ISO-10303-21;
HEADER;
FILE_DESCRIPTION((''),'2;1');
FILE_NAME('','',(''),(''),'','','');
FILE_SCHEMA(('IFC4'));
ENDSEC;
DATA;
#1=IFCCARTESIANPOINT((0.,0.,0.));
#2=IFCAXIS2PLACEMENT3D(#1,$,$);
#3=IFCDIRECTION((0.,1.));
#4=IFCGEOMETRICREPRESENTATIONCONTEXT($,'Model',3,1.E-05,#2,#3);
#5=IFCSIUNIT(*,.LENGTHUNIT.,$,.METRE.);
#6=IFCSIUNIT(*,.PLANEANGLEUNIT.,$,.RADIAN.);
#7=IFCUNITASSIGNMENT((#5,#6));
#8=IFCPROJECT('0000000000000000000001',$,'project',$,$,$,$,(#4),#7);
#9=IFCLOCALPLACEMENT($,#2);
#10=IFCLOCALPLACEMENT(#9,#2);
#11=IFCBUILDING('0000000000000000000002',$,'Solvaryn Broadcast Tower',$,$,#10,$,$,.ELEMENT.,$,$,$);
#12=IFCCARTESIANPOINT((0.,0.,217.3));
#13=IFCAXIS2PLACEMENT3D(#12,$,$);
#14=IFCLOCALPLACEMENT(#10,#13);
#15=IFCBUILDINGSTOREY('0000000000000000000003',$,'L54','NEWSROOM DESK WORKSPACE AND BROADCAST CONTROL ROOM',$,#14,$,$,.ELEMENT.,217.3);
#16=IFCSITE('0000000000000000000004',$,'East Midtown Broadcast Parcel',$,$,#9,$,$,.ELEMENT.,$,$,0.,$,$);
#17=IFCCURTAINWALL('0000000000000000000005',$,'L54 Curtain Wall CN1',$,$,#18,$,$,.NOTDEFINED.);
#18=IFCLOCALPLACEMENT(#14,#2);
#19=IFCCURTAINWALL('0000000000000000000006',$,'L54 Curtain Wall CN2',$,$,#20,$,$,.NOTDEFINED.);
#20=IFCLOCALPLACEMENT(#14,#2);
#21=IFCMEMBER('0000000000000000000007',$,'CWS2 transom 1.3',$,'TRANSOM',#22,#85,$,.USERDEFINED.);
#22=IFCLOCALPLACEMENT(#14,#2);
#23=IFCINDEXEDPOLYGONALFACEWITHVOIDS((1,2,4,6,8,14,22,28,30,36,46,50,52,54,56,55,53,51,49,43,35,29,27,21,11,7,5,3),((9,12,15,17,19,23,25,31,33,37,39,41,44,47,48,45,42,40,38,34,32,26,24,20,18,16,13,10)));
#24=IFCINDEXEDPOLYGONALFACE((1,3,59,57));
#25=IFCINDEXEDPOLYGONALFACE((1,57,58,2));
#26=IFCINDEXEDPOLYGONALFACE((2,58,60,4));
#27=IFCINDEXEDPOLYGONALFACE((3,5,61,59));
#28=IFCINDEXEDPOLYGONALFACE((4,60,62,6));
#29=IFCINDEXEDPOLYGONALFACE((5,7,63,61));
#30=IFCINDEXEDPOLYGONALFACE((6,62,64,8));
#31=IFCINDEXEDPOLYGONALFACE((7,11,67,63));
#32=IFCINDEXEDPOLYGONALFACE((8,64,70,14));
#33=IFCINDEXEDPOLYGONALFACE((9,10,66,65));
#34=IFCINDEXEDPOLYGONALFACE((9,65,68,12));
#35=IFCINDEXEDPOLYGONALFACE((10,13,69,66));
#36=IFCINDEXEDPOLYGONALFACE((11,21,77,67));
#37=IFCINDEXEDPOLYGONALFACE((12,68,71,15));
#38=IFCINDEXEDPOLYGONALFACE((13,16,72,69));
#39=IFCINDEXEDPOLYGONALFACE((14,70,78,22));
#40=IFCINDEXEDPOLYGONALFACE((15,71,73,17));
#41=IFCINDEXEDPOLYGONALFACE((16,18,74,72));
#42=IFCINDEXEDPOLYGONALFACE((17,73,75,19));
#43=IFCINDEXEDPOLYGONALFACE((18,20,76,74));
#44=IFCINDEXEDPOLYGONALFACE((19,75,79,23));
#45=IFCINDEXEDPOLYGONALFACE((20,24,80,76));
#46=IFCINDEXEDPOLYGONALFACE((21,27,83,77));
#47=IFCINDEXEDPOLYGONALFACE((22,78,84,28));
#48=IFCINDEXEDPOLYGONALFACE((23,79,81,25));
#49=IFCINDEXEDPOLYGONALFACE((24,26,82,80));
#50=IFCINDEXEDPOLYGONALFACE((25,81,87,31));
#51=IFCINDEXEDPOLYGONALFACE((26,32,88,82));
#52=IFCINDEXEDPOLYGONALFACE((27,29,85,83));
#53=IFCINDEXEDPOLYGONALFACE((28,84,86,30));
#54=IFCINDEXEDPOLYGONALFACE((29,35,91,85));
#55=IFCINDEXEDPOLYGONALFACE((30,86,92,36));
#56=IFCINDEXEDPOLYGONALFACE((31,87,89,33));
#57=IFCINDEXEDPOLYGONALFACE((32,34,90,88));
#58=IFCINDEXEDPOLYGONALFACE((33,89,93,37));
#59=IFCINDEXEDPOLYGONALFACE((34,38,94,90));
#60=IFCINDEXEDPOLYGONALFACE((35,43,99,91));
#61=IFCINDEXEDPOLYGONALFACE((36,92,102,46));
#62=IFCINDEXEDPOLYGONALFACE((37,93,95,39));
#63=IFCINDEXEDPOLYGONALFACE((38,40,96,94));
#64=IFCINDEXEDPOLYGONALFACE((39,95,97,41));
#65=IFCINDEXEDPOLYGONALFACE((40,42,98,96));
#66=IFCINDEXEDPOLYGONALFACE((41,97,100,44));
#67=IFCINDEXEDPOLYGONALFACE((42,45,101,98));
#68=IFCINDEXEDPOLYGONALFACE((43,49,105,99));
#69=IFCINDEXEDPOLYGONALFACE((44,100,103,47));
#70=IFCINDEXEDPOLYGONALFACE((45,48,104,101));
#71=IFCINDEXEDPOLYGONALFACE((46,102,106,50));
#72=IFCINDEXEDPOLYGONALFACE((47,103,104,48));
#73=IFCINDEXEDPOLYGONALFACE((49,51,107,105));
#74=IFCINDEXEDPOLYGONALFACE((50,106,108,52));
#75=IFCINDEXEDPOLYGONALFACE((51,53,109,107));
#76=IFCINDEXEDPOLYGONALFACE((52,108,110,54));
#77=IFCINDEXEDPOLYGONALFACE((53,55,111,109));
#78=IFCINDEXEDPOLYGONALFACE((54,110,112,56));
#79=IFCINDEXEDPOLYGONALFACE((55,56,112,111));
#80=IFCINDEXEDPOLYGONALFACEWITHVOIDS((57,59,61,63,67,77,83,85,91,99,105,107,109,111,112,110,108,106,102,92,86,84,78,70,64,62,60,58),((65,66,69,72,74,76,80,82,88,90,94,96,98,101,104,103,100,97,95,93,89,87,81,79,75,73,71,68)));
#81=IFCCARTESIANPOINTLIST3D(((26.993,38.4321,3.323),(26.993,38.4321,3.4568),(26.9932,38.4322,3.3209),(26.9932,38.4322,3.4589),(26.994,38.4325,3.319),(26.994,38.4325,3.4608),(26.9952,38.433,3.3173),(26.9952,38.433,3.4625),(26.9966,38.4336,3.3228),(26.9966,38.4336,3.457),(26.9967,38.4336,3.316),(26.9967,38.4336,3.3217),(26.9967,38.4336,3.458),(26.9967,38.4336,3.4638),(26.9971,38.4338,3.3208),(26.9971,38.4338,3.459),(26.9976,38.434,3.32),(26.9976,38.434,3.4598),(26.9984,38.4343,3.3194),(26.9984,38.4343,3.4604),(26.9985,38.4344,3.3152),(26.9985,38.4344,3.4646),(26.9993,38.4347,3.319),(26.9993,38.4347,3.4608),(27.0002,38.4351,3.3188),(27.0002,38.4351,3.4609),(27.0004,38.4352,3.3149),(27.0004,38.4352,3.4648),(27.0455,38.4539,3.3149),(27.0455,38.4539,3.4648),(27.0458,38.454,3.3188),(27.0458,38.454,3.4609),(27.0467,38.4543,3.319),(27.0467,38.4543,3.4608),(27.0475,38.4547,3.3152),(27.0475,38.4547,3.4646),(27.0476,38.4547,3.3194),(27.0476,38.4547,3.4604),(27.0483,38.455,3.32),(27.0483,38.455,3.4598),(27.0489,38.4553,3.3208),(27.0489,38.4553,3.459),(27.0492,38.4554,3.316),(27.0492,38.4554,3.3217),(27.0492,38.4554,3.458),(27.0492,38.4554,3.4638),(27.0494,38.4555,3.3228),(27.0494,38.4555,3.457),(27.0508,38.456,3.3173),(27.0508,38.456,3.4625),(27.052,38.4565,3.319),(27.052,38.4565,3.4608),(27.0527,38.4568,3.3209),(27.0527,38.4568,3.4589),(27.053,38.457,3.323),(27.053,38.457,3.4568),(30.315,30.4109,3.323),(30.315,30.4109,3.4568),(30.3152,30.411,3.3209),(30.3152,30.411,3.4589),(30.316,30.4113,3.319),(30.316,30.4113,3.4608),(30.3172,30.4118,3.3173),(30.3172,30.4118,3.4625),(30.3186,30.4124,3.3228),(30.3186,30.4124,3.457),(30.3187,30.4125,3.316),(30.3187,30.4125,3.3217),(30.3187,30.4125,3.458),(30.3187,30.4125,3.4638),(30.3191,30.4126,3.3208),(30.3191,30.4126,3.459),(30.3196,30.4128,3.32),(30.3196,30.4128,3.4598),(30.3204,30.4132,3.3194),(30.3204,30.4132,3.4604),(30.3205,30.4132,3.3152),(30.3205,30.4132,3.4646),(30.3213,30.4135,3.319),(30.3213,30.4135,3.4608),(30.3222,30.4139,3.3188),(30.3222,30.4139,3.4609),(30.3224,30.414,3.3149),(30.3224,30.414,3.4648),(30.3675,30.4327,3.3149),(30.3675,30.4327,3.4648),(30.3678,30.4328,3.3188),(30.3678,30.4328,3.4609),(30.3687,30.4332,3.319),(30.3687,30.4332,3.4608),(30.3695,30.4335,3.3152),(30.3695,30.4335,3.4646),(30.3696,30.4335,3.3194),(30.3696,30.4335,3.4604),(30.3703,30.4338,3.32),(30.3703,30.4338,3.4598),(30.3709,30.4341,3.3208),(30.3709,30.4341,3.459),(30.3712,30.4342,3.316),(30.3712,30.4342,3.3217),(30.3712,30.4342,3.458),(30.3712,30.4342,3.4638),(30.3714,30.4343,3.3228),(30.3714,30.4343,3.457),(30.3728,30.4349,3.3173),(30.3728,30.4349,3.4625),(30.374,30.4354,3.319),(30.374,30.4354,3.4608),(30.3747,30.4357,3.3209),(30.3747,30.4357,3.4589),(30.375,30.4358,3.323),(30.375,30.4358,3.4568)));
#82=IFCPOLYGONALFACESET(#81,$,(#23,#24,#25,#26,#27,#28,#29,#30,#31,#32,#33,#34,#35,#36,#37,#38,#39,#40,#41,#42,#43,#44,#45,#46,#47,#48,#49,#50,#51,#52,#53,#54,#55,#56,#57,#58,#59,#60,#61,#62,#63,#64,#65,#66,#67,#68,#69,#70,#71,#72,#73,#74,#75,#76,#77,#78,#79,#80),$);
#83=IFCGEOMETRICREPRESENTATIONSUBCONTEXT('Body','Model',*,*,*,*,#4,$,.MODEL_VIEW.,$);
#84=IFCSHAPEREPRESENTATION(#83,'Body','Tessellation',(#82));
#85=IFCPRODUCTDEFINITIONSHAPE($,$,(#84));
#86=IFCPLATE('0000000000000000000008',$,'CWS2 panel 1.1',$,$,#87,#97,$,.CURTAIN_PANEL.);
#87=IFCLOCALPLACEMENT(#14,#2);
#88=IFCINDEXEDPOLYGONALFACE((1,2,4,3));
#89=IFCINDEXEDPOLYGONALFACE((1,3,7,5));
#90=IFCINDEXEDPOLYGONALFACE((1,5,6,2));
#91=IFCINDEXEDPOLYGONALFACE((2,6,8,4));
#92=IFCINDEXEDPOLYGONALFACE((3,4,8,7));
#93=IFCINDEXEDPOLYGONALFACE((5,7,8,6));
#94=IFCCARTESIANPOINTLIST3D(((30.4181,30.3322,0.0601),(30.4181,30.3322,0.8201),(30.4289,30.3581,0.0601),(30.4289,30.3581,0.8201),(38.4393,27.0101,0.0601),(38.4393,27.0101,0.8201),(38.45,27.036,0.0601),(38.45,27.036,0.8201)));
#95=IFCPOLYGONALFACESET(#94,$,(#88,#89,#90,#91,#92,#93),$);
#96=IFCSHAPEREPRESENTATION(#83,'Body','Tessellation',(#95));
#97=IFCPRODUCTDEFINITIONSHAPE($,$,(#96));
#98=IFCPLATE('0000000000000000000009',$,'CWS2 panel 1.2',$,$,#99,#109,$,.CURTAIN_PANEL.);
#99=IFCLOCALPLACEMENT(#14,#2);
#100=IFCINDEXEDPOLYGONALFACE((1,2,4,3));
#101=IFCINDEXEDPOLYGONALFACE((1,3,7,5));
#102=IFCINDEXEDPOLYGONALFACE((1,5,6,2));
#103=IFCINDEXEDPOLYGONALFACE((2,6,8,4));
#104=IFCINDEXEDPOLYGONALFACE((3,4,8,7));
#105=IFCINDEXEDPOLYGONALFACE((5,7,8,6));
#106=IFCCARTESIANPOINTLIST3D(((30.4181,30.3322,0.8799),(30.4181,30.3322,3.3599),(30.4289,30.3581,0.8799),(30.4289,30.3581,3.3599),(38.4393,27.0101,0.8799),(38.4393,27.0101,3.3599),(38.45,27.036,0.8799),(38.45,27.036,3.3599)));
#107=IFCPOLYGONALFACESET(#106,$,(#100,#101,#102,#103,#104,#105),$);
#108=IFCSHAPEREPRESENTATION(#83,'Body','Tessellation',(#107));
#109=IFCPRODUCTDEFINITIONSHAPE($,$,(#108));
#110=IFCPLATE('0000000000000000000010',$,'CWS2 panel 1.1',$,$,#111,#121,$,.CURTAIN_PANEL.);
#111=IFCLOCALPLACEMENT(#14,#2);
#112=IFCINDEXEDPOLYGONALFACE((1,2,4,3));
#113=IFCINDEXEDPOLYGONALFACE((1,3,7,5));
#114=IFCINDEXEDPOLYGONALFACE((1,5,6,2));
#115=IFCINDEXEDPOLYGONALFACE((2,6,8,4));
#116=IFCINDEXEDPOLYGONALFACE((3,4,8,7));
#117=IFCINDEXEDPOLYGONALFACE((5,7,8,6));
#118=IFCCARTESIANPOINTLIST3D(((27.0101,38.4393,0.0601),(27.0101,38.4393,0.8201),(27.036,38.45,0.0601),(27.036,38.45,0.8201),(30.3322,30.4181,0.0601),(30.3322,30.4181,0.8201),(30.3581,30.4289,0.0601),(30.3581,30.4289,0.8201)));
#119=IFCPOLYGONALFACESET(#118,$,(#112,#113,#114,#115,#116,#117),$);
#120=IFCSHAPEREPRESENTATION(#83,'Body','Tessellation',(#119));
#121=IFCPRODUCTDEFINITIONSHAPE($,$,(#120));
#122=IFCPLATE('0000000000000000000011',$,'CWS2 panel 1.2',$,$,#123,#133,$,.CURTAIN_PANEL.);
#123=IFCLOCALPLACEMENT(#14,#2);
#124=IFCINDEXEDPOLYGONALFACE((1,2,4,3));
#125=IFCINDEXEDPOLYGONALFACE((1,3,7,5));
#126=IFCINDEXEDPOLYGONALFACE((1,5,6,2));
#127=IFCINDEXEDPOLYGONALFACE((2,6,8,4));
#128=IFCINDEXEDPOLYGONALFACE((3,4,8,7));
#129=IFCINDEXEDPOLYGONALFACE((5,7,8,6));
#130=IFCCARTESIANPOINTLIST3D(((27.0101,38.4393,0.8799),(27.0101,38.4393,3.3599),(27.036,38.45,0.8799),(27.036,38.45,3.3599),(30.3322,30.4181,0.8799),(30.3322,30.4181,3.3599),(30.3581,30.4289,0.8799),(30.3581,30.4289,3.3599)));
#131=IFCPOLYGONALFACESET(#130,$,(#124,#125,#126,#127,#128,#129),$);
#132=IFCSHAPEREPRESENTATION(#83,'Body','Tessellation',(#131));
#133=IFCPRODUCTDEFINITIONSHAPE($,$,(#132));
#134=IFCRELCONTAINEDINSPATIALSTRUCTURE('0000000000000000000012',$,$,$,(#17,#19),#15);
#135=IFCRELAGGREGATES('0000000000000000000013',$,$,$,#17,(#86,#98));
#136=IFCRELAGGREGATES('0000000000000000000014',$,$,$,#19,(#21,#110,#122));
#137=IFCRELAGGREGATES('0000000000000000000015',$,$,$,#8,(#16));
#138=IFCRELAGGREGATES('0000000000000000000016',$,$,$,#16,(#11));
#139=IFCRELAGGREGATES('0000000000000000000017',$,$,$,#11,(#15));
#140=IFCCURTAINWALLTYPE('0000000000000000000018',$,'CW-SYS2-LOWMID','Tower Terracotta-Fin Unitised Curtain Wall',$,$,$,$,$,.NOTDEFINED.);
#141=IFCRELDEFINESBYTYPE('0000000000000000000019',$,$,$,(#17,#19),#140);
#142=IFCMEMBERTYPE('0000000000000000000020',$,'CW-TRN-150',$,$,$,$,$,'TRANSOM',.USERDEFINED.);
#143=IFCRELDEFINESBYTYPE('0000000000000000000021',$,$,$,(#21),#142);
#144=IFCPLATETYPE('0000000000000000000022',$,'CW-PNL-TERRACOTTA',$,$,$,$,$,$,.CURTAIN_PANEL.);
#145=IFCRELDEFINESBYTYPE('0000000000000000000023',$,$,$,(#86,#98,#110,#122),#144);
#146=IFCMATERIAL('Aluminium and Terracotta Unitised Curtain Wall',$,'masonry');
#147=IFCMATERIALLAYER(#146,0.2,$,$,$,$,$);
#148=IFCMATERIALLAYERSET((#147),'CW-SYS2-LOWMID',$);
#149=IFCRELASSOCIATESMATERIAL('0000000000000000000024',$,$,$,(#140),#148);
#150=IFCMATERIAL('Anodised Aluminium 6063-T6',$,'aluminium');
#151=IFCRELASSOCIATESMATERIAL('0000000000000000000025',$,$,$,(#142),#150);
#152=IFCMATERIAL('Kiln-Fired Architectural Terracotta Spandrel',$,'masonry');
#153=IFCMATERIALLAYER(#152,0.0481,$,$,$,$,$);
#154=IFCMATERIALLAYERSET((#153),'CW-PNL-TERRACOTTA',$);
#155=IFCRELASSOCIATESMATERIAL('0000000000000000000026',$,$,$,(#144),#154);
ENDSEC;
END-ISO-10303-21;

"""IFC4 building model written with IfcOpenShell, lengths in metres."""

from ifc_helpers import new_model, si_unit, direction, frame, origin, origin_2d, place, context, subcontext, project, spatial, rectangle, hollow_rectangle, extrude, material, layer, layer_set, material_profile, profile_set, type_object, element, aggregate, save


model = new_model("IFC4")

# Units and contexts
model_context = context("Model", 3, precision=1e-05, world=origin(), true_north=direction((0.0, 1.0)))
body_context = subcontext(model_context, "Body", "Model", "MODEL_VIEW")
ifc_project = project(units=[si_unit("LENGTHUNIT", "METRE"), si_unit("PLANEANGLEUNIT", "RADIAN")], contexts=[model_context])

# Site, building, storey
site_placement = place(None, origin())
site = spatial("IfcSite", under=ifc_project, at=site_placement, Name="East Midtown Broadcast Parcel", CompositionType="ELEMENT", RefElevation=0.0)
building_placement = place(site_placement, origin())
building = spatial("IfcBuilding", under=site, at=building_placement, Name="Solvaryn Broadcast Tower", CompositionType="ELEMENT")
storey_placement = place(building_placement, frame((0.0, 0.0, 217.3)))
storey = spatial("IfcBuildingStorey", under=building, at=storey_placement, Name="L54", Description="NEWSROOM DESK WORKSPACE AND BROADCAST CONTROL ROOM", CompositionType="ELEMENT", Elevation=217.3)

# Curtain wall
ifc_material_1 = material(Name="Aluminium and Terracotta Unitised Curtain Wall", Category="masonry")
ifc_layer_1 = layer(ifc_material_1, 0.2)
ifc_layer_set_1 = layer_set([ifc_layer_1], Name="CW-SYS2-LOWMID")
curtain_wall_type = type_object("IfcCurtainWallType", Name="CW-SYS2-LOWMID", Description="Tower Terracotta-Fin Unitised Curtain Wall", PredefinedType="NOTDEFINED", material=ifc_layer_set_1)
curtain_wall_1_placement = place(storey_placement, origin())
curtain_wall_1 = element("IfcCurtainWall", 1, at=curtain_wall_1_placement, inside=storey, type_object=curtain_wall_type, Name="L54 Curtain Wall CN1", PredefinedType="NOTDEFINED")

# Curtain wall, member
curtain_wall_2_placement = place(storey_placement, origin())
curtain_wall_2 = element("IfcCurtainWall", 2, at=curtain_wall_2_placement, inside=storey, type_object=curtain_wall_type, Name="L54 Curtain Wall CN2", PredefinedType="NOTDEFINED")
ifc_material_2 = material(Name="Anodised Aluminium 6063-T6", Category="aluminium")
ifc_material_profile_1 = material_profile(ifc_material_2, hollow_rectangle(XDim=0.0649, YDim=0.1499, WallThickness=0.0039, InnerFilletRadius=0.0039, OuterFilletRadius=0.0081, at=origin_2d()))
ifc_profile_set_1 = profile_set([ifc_material_profile_1], Name="Anodised Aluminium 6063-T6")
member_type_1 = type_object("IfcMemberType", Name="CW-TRN-150", ElementType="TRANSOM", PredefinedType="USERDEFINED", material=ifc_profile_set_1)
member_1_placement = place(storey_placement, frame((30.345, 30.4233, 3.3899), z_axis=(-0.382636, 0.923899, 0.0), x_axis=(-0.923899, -0.382636, 0.0)))
member_1 = element("IfcMember", 3, at=member_1_placement, type_object=member_type_1, Name="CWS2 transom 1.3", ObjectType="TRANSOM", PredefinedType="USERDEFINED", context=body_context, shape_type="SweptSolid", body=[
    extrude(hollow_rectangle(XDim=0.0649, YDim=0.1499, WallThickness=0.0039, InnerFilletRadius=0.0039, OuterFilletRadius=0.0081, at=origin_2d()), origin(), (0.0, 0.0, 1.0), 8.6819),
])

# Plates
ifc_material_3 = material(Name="Kiln-Fired Architectural Terracotta Spandrel", Category="masonry")
ifc_layer_2 = layer(ifc_material_3, 0.0481)
ifc_layer_set_2 = layer_set([ifc_layer_2], Name="CW-PNL-TERRACOTTA")
plate_type = type_object("IfcPlateType", Name="CW-PNL-TERRACOTTA", PredefinedType="CURTAIN_PANEL", material=ifc_layer_set_2)
plate_1_placement = place(storey_placement, frame((34.4341, 28.6841, 0.0601), z_axis=(0.0, 0.0, 1.0), x_axis=(-0.923895, 0.382646, 0.0)))
plate_1 = element("IfcPlate", 4, at=plate_1_placement, type_object=plate_type, Name="CWS2 panel 1.1", PredefinedType="CURTAIN_PANEL", context=body_context, shape_type="SweptSolid", body=[
    extrude(rectangle(XDim=8.6819, YDim=0.0281, at=origin_2d()), origin(), (0.0, 0.0, 1.0), 0.76),
])
plate_2_placement = place(storey_placement, frame((34.4341, 28.6841, 0.8799), z_axis=(0.0, 0.0, 1.0), x_axis=(-0.923895, 0.382646, 0.0)))
plate_2 = element("IfcPlate", 5, at=plate_2_placement, type_object=plate_type, Name="CWS2 panel 1.2", PredefinedType="CURTAIN_PANEL", context=body_context, shape_type="SweptSolid", body=[
    extrude(rectangle(XDim=8.6819, YDim=0.0281, at=origin_2d()), origin(), (0.0, 0.0, 1.0), 2.48),
])
aggregate(curtain_wall_1, [plate_1, plate_2])
plate_3_placement = place(storey_placement, frame((28.6841, 34.4341, 0.0601), z_axis=(0.0, 0.0, 1.0), x_axis=(-0.382646, 0.923895, 0.0)))
plate_3 = element("IfcPlate", 6, at=plate_3_placement, type_object=plate_type, Name="CWS2 panel 1.1", PredefinedType="CURTAIN_PANEL", context=body_context, shape_type="SweptSolid", body=[
    extrude(rectangle(XDim=8.6819, YDim=0.0281, at=origin_2d()), origin(), (0.0, 0.0, 1.0), 0.76),
])
plate_4_placement = place(storey_placement, frame((28.6841, 34.4341, 0.8799), z_axis=(0.0, 0.0, 1.0), x_axis=(-0.382646, 0.923895, 0.0)))
plate_4 = element("IfcPlate", 7, at=plate_4_placement, type_object=plate_type, Name="CWS2 panel 1.2", PredefinedType="CURTAIN_PANEL", context=body_context, shape_type="SweptSolid", body=[
    extrude(rectangle(XDim=8.6819, YDim=0.0281, at=origin_2d()), origin(), (0.0, 0.0, 1.0), 2.48),
])
aggregate(curtain_wall_2, [member_1, plate_3, plate_4])

save(model, "model.ifc")
